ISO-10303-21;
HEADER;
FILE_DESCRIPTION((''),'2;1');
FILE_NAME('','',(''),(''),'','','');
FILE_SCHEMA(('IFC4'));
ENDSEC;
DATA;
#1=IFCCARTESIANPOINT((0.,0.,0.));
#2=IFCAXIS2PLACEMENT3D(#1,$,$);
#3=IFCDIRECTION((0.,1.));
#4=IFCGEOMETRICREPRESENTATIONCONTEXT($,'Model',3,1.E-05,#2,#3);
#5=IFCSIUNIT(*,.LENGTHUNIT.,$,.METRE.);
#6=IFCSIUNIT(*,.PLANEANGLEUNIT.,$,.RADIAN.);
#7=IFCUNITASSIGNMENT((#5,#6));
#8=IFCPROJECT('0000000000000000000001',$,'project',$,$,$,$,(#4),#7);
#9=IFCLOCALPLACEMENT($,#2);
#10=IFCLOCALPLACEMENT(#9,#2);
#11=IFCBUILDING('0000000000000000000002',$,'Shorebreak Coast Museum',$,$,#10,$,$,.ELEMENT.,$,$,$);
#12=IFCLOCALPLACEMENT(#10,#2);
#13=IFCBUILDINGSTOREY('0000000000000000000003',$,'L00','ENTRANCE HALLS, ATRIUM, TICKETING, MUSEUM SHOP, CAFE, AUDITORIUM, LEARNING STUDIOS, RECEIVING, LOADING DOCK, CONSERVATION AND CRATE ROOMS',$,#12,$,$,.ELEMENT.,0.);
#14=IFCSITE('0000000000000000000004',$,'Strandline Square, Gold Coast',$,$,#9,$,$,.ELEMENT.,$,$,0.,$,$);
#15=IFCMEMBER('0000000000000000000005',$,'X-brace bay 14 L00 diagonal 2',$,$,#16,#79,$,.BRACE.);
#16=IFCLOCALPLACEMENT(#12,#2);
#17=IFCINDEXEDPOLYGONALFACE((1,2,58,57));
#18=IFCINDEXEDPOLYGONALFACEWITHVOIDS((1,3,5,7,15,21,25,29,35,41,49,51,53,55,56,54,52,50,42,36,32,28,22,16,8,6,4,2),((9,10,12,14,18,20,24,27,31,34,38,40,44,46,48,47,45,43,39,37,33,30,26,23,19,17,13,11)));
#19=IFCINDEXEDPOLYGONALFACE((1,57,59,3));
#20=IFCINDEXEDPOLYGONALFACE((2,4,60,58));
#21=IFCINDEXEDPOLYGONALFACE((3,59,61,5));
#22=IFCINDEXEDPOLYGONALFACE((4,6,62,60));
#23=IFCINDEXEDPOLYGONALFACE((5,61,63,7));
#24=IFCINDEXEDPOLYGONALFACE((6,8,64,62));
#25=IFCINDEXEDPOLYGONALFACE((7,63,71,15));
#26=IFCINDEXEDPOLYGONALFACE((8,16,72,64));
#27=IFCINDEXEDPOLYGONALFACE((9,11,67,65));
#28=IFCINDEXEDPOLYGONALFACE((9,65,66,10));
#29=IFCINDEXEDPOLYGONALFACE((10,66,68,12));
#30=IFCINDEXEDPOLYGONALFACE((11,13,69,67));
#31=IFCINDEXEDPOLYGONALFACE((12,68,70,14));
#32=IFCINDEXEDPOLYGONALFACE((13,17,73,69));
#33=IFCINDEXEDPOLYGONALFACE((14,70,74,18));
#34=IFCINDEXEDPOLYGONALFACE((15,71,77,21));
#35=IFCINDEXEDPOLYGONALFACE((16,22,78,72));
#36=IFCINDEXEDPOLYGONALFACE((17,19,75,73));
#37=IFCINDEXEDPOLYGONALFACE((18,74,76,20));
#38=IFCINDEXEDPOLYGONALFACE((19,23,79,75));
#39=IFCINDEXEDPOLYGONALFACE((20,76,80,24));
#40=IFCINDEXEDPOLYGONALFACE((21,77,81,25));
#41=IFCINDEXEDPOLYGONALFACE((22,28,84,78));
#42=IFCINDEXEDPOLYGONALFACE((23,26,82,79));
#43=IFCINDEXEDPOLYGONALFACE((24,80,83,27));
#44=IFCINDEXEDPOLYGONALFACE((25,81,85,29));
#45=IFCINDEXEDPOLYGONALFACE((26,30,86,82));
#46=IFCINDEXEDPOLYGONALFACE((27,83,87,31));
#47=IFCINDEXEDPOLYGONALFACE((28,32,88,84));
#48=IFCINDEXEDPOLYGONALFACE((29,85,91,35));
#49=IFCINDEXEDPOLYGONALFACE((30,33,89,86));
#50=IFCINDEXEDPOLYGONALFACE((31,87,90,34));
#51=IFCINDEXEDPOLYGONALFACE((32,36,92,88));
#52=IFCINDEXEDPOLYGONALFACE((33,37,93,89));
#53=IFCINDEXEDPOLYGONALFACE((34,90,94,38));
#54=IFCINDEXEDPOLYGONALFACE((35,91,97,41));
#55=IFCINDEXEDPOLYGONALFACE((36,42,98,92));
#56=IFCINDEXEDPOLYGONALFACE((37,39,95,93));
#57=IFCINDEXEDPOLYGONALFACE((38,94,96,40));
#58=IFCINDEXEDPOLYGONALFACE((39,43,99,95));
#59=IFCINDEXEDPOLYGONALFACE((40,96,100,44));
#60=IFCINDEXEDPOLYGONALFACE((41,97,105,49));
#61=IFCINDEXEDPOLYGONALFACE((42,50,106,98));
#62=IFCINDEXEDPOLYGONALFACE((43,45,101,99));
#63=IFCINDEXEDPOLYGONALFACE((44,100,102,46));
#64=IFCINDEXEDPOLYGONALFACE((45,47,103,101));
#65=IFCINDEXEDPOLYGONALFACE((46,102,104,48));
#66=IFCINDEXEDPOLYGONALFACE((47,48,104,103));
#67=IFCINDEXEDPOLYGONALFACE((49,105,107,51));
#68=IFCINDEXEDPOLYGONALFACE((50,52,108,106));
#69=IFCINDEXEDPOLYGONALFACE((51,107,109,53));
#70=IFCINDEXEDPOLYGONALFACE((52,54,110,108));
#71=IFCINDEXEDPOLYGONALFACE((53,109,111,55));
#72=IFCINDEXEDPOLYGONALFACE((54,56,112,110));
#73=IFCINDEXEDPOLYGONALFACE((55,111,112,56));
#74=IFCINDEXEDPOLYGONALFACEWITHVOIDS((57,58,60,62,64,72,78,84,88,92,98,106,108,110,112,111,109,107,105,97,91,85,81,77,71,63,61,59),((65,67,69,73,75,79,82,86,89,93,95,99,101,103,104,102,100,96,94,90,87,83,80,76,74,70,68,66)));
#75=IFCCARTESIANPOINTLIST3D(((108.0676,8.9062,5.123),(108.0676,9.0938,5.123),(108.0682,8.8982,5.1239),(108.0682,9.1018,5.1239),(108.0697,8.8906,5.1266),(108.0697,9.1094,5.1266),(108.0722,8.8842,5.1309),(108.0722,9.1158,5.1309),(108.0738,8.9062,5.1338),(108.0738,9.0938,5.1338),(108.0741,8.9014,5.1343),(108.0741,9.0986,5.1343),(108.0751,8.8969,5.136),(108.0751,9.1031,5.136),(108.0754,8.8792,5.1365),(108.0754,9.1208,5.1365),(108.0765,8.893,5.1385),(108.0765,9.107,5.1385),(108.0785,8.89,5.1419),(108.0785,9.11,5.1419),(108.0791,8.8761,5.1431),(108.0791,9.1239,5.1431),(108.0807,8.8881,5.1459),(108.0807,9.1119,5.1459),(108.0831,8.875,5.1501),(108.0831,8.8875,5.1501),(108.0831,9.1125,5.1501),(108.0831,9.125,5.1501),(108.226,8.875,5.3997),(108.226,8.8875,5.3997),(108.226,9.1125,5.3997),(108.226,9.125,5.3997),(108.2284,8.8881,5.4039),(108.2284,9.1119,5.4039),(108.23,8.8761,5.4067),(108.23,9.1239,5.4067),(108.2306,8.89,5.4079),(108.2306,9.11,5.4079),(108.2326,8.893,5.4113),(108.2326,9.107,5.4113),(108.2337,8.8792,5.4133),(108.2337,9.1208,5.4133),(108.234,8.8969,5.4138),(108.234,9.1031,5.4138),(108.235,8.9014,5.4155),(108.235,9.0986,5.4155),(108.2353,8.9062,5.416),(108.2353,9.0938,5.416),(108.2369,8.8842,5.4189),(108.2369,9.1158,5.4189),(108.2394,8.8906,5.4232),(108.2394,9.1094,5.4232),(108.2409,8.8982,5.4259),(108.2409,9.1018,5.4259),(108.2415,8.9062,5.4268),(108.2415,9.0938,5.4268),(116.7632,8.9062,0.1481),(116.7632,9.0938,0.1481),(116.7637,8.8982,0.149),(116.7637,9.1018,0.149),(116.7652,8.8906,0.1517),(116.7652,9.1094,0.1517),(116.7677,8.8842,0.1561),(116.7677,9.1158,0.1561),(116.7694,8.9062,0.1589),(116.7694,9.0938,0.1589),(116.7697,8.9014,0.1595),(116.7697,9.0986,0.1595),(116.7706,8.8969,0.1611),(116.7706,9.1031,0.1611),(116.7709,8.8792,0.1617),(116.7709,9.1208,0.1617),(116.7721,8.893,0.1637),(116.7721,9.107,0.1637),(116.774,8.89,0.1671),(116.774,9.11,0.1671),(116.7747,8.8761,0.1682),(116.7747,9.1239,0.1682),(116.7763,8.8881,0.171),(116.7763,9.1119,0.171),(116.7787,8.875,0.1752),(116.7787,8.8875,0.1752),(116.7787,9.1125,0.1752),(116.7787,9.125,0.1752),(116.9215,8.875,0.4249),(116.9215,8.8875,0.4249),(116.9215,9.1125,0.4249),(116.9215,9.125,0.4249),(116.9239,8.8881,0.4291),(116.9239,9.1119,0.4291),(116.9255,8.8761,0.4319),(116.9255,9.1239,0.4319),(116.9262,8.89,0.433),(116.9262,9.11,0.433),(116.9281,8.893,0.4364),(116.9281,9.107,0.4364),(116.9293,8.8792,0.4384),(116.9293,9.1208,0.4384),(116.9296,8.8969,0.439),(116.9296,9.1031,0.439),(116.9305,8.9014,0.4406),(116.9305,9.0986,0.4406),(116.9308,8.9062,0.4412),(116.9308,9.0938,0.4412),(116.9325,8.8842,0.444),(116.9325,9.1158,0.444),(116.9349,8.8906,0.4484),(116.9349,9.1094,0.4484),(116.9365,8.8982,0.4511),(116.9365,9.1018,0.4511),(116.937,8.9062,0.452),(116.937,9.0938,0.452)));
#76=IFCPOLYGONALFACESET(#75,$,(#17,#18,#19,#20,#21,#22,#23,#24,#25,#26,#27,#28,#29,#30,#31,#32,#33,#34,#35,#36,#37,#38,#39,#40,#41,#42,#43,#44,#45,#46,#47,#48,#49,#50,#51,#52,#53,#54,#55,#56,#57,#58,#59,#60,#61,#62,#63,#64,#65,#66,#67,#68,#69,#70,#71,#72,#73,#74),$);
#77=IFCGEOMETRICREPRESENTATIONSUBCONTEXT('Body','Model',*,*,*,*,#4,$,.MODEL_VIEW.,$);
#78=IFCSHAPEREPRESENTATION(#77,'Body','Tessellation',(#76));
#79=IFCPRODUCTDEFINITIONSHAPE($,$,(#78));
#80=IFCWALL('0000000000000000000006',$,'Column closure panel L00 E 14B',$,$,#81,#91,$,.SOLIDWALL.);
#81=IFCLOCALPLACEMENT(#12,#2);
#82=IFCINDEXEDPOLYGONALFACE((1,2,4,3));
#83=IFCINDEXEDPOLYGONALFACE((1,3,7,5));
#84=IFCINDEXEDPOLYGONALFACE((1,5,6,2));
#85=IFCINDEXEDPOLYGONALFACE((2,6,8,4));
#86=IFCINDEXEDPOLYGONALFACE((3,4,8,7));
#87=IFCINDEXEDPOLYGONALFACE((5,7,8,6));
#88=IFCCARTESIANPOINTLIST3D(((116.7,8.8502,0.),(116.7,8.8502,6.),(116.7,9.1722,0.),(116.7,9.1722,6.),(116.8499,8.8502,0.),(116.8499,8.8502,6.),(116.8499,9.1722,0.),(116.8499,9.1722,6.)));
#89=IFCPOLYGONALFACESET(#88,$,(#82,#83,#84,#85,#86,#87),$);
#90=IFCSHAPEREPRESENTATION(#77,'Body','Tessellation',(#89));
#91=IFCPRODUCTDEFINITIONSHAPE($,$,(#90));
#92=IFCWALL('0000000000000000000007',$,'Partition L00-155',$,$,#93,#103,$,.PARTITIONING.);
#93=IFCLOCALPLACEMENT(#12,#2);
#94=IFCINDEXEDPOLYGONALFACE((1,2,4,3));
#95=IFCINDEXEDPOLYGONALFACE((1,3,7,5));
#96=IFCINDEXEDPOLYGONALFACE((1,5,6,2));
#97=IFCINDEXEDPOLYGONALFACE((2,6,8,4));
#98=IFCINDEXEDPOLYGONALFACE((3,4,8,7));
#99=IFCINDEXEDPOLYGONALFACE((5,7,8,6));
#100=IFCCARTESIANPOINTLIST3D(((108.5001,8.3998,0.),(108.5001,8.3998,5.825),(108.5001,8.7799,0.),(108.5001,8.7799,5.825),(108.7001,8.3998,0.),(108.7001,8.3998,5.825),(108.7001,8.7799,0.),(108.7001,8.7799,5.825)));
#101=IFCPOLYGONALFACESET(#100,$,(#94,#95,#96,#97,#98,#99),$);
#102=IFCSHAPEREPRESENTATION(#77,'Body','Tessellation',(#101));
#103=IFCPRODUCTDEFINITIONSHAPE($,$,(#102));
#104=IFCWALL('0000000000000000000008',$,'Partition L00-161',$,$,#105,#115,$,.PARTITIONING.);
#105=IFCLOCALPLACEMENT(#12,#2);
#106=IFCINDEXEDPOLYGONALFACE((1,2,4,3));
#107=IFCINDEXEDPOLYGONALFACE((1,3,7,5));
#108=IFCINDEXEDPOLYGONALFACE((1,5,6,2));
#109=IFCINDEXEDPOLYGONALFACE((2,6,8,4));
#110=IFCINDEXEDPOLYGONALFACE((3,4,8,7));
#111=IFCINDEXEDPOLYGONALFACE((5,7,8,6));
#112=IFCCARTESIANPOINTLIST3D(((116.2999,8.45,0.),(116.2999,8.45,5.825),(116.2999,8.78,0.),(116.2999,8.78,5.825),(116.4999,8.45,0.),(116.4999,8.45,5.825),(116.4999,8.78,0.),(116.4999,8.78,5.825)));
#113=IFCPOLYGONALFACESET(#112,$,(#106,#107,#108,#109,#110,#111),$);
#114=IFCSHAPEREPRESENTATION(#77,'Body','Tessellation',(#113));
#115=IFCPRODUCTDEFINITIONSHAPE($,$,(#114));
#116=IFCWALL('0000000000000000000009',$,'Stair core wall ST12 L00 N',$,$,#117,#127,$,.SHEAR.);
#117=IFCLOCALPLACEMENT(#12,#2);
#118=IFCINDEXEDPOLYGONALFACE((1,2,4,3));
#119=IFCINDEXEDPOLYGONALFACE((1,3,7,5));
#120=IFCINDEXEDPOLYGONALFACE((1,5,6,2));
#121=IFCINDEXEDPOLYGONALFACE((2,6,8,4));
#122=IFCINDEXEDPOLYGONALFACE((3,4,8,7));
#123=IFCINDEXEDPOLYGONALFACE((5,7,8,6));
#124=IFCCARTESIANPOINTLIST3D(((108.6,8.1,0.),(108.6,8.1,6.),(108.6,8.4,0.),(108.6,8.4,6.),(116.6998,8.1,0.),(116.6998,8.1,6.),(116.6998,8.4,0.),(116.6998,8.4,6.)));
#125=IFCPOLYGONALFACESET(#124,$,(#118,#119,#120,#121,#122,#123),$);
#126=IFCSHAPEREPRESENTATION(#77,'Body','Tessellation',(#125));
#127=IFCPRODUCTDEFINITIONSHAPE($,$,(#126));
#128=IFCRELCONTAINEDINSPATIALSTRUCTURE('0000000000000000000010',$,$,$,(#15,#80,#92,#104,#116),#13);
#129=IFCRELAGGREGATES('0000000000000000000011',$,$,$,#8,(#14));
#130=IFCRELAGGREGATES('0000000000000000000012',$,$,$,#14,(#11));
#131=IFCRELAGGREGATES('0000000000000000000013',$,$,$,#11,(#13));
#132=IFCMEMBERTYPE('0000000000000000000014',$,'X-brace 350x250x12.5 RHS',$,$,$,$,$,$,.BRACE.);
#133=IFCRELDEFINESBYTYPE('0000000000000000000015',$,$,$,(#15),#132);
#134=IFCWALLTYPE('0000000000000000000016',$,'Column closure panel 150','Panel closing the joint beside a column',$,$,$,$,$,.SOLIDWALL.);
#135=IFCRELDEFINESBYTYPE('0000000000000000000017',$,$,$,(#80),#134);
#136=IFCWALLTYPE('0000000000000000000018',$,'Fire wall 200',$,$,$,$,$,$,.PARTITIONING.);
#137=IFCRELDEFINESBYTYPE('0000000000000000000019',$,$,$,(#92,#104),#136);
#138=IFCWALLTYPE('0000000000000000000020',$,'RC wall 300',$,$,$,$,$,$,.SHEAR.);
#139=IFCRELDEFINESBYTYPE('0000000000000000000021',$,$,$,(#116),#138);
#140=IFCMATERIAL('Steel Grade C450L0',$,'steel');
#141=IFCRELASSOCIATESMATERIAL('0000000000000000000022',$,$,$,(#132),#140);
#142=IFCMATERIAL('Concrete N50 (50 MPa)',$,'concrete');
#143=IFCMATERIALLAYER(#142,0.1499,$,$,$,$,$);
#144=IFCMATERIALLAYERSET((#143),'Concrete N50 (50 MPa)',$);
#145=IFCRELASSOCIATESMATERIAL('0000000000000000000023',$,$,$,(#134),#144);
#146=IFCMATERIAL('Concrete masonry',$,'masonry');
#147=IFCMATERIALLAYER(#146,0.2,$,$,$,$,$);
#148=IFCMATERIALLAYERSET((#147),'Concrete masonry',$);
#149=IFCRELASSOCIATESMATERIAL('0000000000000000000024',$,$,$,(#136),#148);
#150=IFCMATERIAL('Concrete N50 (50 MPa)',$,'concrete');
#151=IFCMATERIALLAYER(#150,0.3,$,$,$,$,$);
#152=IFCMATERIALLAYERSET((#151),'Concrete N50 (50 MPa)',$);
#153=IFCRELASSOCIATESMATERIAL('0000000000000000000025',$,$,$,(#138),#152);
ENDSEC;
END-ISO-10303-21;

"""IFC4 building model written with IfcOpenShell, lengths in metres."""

from ifc_helpers import new_model, si_unit, direction, frame, frame_2d, origin, origin_2d, place, context, subcontext, project, spatial, rectangle, hollow_rectangle, extrude, material, layer, layer_set, material_profile, profile_set, type_object, element, save


model = new_model("IFC4")

# Units and contexts
model_context = context("Model", 3, precision=1e-05, world=origin(), true_north=direction((0.0, 1.0)))
body_context = subcontext(model_context, "Body", "Model", "MODEL_VIEW")
ifc_project = project(units=[si_unit("LENGTHUNIT", "METRE"), si_unit("PLANEANGLEUNIT", "RADIAN")], contexts=[model_context])

# Site, building, storey
site_placement = place(None, origin())
site = spatial("IfcSite", under=ifc_project, at=site_placement, Name="Strandline Square, Gold Coast", CompositionType="ELEMENT", RefElevation=0.0)
building_placement = place(site_placement, origin())
building = spatial("IfcBuilding", under=site, at=building_placement, Name="Shorebreak Coast Museum", CompositionType="ELEMENT")
storey_placement = place(building_placement, origin())
storey = spatial("IfcBuildingStorey", under=building, at=storey_placement, Name="L00", Description="ENTRANCE HALLS, ATRIUM, TICKETING, MUSEUM SHOP, CAFE, AUDITORIUM, LEARNING STUDIOS, RECEIVING, LOADING DOCK, CONSERVATION AND CRATE ROOMS", CompositionType="ELEMENT", Elevation=0.0)

# Member
ifc_material_1 = material(Name="Steel Grade C450L0", Category="steel")
ifc_material_profile_1 = material_profile(ifc_material_1, hollow_rectangle(XDim=0.25, YDim=0.3501, WallThickness=0.0125, InnerFilletRadius=0.0188, OuterFilletRadius=0.0312, at=origin_2d()), Name="350x250x12.5 RHS")
ifc_profile_set_1 = profile_set([ifc_material_profile_1], Name="Steel Grade C450L0")
member_type = type_object("IfcMemberType", Name="X-brace 350x250x12.5 RHS", PredefinedType="BRACE", material=ifc_profile_set_1)
for number, where, z_axis, x_axis, name in (
    (1, (116.8501, 9.0, 0.3), (-0.867987, 0.0, 0.496588), (0.0, -1.0, 0.0), "X-brace bay 14 L00 diagonal 2"),
):
    element("IfcMember", number, at=place(storey_placement, frame(where, z_axis=z_axis, x_axis=x_axis)), inside=storey, type_object=member_type, Name=name, PredefinedType="BRACE", context=body_context, shape_type="SweptSolid", body=[
        extrude(hollow_rectangle(XDim=0.25, YDim=0.3501, WallThickness=0.0125, InnerFilletRadius=0.0188, OuterFilletRadius=0.0312, at=origin_2d()), origin(), (0.0, 0.0, 1.0), 10.0181),
    ])

# Walls
ifc_material_2 = material(Name="Concrete N50 (50 MPa)", Category="concrete")
ifc_layer_1 = layer(ifc_material_2, 0.1499)
ifc_layer_set_1 = layer_set([ifc_layer_1], Name="Concrete N50 (50 MPa)")
wall_type_1 = type_object("IfcWallType", Name="Column closure panel 150", Description="Panel closing the joint beside a column", PredefinedType="SOLIDWALL", material=ifc_layer_set_1)
wall_1_placement = place(storey_placement, frame((116.7749, 8.8501, 0.0), z_axis=(0.0, 0.0, 1.0), x_axis=(0.0, 1.0, 0.0)))
element("IfcWall", 2, at=wall_1_placement, inside=storey, type_object=wall_type_1, Name="Column closure panel L00 E 14B", PredefinedType="SOLIDWALL", context=body_context, shape_type="SweptSolid", body=[
    extrude(rectangle(XDim=0.322, YDim=0.1499, at=frame_2d((0.1611, 0.0))), origin(), (0.0, 0.0, 1.0), 6.0),
])
ifc_material_3 = material(Name="Concrete masonry", Category="masonry")
ifc_layer_2 = layer(ifc_material_3, 0.2)
ifc_layer_set_2 = layer_set([ifc_layer_2], Name="Concrete masonry")
wall_type_2 = type_object("IfcWallType", Name="Fire wall 200", PredefinedType="PARTITIONING", material=ifc_layer_set_2)
wall_2_placement = place(storey_placement, frame((108.6001, 8.3999, 0.0), z_axis=(0.0, 0.0, 1.0), x_axis=(0.0, 1.0, 0.0)))
element("IfcWall", 3, at=wall_2_placement, inside=storey, type_object=wall_type_2, Name="Partition L00-155", PredefinedType="PARTITIONING", context=body_context, shape_type="SweptSolid", body=[
    extrude(rectangle(XDim=0.3801, YDim=0.2, at=frame_2d((0.1899, 0.0))), origin(), (0.0, 0.0, 1.0), 5.825),
])
wall_3_placement = place(storey_placement, frame((116.3999, 8.45, 0.0), z_axis=(0.0, 0.0, 1.0), x_axis=(0.0, 1.0, 0.0)))
element("IfcWall", 4, at=wall_3_placement, inside=storey, type_object=wall_type_2, Name="Partition L00-161", PredefinedType="PARTITIONING", context=body_context, shape_type="SweptSolid", body=[
    extrude(rectangle(XDim=0.3301, YDim=0.2, at=frame_2d((0.165, 0.0))), origin(), (0.0, 0.0, 1.0), 5.825),
])
ifc_material_4 = material(Name="Concrete N50 (50 MPa)", Category="concrete")
ifc_layer_3 = layer(ifc_material_4, 0.3)
ifc_layer_set_3 = layer_set([ifc_layer_3], Name="Concrete N50 (50 MPa)")
wall_type_3 = type_object("IfcWallType", Name="RC wall 300", PredefinedType="SHEAR", material=ifc_layer_set_3)
wall_4_placement = place(storey_placement, frame((108.6001, 8.25, 0.0), z_axis=(0.0, 0.0, 1.0), x_axis=(1.0, 0.0, 0.0)))
element("IfcWall", 5, at=wall_4_placement, inside=storey, type_object=wall_type_3, Name="Stair core wall ST12 L00 N", PredefinedType="SHEAR", context=body_context, shape_type="SweptSolid", body=[
    extrude(rectangle(XDim=8.0999, YDim=0.3, at=frame_2d((4.0498, 0.0))), origin(), (0.0, 0.0, 1.0), 6.0),
])

save(model, "model.ifc")
